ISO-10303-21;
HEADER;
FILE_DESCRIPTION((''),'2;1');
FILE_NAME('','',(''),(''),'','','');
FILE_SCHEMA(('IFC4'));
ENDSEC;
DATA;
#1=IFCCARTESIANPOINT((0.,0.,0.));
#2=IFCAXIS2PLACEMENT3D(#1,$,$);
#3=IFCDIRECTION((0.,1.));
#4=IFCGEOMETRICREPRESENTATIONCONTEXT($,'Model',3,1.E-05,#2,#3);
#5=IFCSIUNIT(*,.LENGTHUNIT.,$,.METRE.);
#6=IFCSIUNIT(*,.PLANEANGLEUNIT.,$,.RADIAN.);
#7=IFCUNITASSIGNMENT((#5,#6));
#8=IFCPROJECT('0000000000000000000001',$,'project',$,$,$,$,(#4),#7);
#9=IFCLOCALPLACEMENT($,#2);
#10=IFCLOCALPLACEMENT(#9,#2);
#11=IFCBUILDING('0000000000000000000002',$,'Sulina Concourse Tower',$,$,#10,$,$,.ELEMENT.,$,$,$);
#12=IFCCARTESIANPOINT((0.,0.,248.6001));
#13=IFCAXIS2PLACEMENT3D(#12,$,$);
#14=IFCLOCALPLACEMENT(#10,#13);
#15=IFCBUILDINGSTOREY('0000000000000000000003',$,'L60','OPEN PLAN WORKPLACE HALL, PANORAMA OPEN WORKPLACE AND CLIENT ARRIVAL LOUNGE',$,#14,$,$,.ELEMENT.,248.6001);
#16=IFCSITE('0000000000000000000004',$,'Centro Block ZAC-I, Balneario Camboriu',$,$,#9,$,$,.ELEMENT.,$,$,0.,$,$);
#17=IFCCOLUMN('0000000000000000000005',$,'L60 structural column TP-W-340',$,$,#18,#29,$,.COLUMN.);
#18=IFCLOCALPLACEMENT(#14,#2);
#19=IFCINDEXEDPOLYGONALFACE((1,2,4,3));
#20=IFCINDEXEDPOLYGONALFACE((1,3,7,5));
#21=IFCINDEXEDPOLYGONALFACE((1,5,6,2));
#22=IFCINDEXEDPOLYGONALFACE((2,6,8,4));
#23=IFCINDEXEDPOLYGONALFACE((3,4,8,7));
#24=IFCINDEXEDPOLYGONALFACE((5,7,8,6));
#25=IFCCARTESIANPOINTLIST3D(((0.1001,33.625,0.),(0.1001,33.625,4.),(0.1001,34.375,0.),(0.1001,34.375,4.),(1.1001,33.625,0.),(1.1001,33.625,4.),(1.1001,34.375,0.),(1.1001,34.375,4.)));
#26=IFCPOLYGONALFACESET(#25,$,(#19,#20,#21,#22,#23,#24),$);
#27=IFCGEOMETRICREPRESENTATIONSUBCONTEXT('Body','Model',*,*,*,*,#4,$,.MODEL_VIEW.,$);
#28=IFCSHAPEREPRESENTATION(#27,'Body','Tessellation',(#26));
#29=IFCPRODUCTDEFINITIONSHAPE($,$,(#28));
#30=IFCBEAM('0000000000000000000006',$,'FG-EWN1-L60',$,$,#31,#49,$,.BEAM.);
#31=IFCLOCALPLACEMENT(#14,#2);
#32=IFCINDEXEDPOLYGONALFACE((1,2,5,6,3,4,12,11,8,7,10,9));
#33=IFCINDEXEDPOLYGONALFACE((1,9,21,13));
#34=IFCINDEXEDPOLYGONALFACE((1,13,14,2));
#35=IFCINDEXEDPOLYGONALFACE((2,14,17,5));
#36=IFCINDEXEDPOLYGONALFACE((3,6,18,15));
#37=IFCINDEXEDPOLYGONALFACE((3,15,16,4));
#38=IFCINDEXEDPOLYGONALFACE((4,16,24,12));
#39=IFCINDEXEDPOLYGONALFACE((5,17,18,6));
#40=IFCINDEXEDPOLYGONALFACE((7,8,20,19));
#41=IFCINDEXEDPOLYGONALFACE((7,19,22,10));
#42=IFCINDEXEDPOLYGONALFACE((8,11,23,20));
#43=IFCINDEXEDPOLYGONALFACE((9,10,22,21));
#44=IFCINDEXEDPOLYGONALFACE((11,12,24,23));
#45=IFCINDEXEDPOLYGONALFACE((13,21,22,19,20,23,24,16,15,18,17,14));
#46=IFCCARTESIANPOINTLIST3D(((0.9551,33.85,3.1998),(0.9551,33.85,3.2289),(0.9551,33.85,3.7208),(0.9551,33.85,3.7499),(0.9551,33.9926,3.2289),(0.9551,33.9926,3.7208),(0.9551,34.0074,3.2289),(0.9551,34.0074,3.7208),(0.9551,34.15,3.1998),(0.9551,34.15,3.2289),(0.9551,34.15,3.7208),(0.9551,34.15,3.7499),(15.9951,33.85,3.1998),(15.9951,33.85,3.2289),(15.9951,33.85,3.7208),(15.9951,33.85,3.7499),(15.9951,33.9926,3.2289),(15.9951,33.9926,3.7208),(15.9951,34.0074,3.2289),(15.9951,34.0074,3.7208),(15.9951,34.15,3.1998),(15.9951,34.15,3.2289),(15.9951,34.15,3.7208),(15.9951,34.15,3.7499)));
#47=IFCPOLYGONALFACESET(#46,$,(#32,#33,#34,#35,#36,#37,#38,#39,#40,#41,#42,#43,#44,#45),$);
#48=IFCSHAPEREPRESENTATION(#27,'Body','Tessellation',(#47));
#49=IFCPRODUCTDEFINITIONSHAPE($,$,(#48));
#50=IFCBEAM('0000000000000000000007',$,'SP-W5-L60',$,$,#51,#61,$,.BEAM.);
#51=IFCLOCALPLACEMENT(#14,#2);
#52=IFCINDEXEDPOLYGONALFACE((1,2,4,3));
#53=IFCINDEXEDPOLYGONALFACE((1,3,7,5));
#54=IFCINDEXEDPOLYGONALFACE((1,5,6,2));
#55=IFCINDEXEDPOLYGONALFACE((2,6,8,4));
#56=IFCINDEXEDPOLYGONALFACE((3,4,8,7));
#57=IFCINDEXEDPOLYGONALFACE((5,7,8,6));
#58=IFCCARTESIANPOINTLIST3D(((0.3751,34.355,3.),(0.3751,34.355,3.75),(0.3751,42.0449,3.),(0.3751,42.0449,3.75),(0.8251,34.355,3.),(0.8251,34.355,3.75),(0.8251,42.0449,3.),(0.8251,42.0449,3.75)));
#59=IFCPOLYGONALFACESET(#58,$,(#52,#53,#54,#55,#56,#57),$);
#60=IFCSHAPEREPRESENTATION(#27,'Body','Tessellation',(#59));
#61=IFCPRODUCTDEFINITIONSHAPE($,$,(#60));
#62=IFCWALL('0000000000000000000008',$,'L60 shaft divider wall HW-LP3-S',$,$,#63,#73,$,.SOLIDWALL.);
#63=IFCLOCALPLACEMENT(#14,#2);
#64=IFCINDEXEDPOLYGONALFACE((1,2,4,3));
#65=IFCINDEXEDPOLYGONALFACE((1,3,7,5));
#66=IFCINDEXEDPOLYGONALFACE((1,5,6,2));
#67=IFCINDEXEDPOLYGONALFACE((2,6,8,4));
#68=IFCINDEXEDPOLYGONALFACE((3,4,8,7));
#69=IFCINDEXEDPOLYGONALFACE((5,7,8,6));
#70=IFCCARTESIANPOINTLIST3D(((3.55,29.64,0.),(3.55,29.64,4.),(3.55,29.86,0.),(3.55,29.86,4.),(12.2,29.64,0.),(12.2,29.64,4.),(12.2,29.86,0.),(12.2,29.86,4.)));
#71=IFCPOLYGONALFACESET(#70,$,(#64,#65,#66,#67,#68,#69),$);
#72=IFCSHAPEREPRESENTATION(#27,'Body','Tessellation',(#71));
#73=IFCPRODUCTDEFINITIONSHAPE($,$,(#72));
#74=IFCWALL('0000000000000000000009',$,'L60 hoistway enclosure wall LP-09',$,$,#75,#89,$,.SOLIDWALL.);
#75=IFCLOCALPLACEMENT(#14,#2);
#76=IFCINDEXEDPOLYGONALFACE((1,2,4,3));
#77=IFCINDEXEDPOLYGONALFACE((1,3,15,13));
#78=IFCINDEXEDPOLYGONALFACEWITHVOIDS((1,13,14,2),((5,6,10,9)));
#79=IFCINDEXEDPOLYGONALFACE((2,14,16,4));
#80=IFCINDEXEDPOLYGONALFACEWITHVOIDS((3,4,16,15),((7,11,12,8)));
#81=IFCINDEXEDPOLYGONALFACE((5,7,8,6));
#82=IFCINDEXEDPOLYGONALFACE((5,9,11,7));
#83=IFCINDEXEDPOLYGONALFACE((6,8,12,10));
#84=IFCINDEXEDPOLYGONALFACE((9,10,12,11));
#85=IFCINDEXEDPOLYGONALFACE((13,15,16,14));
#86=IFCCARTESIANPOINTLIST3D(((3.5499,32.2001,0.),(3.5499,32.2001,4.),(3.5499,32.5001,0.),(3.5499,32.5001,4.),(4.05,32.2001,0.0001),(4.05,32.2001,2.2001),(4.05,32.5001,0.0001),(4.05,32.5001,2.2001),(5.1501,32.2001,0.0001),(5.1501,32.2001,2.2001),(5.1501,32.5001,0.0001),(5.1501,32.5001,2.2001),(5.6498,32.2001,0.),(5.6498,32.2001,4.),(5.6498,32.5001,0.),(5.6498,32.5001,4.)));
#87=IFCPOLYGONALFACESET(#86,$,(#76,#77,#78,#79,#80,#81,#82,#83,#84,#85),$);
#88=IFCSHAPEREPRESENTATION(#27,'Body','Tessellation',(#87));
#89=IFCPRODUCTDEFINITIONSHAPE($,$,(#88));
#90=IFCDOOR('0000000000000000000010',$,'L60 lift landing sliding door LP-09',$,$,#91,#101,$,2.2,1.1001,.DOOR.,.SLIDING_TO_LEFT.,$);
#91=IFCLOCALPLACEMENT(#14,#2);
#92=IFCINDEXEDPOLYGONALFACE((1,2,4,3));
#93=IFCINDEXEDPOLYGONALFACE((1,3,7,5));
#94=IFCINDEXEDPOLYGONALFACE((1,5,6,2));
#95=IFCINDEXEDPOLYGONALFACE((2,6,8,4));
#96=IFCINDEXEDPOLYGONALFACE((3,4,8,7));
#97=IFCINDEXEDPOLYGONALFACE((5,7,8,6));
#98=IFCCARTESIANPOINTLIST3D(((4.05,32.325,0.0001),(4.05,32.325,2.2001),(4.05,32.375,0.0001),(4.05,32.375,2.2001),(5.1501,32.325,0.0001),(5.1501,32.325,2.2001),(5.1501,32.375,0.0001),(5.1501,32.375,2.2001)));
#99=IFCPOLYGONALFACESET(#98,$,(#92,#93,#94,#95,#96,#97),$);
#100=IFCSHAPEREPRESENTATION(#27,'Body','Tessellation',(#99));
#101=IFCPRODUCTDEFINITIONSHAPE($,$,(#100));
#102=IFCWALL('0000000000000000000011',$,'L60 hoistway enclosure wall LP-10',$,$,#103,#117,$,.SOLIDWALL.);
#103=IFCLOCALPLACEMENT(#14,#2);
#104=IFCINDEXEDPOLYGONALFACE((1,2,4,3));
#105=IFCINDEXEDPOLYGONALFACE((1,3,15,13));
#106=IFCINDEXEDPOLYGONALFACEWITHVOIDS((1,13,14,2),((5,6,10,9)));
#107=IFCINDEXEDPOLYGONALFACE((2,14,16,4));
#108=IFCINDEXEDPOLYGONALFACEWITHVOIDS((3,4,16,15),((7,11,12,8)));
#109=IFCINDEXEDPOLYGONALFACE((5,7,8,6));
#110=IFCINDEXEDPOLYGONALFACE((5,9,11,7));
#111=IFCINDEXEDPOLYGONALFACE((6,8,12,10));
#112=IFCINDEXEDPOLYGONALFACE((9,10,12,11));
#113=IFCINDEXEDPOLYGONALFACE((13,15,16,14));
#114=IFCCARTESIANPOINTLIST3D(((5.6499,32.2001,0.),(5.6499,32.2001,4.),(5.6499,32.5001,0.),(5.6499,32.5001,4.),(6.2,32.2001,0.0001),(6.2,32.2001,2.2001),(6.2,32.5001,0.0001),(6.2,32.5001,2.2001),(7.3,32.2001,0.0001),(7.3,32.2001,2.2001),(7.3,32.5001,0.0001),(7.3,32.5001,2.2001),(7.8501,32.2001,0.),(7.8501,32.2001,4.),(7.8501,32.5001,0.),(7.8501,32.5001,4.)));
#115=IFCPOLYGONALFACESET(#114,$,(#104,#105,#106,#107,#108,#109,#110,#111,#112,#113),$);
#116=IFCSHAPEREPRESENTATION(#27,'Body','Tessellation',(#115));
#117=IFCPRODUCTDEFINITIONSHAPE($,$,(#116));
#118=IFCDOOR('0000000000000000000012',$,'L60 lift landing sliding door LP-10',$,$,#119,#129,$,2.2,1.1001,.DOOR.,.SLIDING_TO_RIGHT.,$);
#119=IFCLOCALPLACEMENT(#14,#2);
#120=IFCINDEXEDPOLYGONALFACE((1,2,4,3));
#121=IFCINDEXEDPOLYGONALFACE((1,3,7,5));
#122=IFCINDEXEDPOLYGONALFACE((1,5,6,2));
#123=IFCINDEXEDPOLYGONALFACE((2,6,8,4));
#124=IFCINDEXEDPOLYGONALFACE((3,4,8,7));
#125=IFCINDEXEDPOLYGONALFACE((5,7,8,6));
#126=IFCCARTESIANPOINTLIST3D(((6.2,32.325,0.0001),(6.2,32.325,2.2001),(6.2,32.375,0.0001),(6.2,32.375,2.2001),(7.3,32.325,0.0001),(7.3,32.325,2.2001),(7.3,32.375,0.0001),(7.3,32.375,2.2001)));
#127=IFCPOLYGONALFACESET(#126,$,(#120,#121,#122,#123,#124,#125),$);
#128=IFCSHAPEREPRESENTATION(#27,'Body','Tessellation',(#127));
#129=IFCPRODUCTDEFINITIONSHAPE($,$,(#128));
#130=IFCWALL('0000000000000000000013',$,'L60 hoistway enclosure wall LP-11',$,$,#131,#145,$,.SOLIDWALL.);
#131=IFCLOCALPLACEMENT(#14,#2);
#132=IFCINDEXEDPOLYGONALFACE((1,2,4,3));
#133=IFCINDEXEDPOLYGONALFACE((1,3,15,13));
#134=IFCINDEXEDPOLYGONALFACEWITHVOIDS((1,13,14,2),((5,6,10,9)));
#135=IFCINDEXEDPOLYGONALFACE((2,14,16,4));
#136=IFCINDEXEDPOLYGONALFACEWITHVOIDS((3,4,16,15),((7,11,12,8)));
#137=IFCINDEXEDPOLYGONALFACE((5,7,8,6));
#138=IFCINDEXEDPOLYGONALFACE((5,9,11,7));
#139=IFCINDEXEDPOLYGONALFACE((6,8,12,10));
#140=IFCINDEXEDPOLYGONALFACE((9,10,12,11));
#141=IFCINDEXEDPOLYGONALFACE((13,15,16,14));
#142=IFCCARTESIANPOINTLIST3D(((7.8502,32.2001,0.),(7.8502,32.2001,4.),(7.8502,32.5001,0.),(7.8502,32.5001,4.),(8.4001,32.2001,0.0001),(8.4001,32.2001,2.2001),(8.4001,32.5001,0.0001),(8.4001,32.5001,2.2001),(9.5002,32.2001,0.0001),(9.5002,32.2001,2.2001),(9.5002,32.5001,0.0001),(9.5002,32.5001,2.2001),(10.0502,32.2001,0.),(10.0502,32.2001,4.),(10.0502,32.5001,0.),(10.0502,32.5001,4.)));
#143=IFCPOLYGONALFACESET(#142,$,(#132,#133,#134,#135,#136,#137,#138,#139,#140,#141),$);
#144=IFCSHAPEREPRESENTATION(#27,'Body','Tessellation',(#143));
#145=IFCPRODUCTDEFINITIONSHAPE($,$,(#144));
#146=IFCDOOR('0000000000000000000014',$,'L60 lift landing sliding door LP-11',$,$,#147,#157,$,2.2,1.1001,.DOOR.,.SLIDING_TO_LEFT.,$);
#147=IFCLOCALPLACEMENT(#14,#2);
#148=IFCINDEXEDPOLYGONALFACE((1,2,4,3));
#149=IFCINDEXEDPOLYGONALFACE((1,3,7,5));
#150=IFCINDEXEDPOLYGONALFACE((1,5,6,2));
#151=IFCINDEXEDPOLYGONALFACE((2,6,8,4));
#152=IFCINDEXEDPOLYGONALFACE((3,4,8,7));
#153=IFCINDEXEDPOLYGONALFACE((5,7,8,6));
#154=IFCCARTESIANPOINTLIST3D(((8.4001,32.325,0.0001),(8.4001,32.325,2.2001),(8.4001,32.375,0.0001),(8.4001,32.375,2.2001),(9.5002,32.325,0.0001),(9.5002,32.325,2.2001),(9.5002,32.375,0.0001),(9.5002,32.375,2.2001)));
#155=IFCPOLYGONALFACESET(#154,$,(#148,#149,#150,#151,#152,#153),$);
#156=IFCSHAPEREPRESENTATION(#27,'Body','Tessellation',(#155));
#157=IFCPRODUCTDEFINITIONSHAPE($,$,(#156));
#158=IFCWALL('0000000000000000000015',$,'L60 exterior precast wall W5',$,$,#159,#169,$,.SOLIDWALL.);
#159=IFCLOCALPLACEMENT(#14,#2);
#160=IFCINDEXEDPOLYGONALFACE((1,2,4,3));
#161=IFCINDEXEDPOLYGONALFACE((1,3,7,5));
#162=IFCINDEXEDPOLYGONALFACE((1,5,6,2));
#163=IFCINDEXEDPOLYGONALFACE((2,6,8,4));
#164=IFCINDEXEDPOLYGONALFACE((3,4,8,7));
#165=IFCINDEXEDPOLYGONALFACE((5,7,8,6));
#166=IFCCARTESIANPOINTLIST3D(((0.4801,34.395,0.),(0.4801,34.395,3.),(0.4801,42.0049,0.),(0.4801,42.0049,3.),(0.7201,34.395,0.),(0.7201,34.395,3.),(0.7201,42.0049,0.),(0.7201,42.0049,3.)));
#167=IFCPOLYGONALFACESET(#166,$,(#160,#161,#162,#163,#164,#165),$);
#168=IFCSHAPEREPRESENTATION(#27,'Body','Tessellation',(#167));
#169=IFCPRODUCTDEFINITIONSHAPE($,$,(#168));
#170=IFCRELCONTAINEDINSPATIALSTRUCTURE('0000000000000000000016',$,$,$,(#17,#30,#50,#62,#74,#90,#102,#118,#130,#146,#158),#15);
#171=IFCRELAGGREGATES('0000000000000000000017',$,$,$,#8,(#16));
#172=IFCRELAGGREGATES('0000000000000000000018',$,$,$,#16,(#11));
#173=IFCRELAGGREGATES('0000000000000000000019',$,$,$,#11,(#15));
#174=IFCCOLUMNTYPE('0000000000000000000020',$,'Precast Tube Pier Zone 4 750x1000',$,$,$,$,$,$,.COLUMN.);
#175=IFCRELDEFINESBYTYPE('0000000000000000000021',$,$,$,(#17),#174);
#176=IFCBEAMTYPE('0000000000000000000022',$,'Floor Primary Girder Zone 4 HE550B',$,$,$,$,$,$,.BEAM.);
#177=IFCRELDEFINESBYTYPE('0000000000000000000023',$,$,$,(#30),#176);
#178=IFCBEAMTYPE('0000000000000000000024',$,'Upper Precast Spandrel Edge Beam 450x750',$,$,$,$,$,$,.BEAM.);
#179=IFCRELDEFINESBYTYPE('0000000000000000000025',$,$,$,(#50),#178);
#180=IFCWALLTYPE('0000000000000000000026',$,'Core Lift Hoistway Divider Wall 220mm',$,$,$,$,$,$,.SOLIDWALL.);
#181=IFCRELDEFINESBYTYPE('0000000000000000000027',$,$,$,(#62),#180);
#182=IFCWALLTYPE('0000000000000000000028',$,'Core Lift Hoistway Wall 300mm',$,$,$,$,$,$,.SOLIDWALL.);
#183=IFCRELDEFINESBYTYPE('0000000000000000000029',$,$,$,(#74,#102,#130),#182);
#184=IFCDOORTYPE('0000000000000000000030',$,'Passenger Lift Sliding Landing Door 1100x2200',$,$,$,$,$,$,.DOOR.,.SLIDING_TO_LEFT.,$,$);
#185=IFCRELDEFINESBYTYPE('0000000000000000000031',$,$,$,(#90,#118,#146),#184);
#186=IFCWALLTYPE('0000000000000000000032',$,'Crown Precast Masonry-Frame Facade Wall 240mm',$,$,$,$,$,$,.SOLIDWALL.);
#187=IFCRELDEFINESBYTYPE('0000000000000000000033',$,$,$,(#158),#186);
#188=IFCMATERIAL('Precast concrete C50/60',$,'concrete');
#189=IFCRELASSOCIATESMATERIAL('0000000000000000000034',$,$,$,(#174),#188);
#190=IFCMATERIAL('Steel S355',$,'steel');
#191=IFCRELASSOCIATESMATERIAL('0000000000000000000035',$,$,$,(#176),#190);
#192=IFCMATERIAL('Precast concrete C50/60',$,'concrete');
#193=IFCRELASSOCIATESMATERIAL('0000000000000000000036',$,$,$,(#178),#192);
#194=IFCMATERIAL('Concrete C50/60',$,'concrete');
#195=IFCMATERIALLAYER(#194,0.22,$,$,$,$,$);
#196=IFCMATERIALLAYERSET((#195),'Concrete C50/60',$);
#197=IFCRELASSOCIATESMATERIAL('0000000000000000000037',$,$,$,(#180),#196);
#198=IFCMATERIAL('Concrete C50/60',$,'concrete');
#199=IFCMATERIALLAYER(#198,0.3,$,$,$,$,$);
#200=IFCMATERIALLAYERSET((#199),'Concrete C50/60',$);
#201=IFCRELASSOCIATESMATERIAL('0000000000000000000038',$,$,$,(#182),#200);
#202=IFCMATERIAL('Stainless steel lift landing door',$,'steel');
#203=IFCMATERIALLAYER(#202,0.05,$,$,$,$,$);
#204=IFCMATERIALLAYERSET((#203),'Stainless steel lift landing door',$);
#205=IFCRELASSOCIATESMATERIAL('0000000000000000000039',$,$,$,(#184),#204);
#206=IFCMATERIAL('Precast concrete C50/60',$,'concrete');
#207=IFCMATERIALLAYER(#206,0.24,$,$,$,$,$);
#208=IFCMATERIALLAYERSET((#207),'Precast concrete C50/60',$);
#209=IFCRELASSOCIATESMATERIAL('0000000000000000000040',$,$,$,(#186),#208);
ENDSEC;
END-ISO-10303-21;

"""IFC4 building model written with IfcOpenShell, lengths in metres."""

from ifc_helpers import new_model, si_unit, direction, frame, frame_2d, origin, origin_2d, place, context, subcontext, project, spatial, rectangle, i_section, extrude, material, layer, layer_set, material_profile, profile_set, type_object, element, fill, save


model = new_model("IFC4")

# Units and contexts
model_context = context("Model", 3, precision=1e-05, world=origin(), true_north=direction((0.0, 1.0)))
body_context = subcontext(model_context, "Body", "Model", "MODEL_VIEW")
ifc_project = project(units=[si_unit("LENGTHUNIT", "METRE"), si_unit("PLANEANGLEUNIT", "RADIAN")], contexts=[model_context])

# Site, building, storey
site_placement = place(None, origin())
site = spatial("IfcSite", under=ifc_project, at=site_placement, Name="Centro Block ZAC-I, Balneario Camboriu", CompositionType="ELEMENT", RefElevation=0.0)
building_placement = place(site_placement, origin())
building = spatial("IfcBuilding", under=site, at=building_placement, Name="Sulina Concourse Tower", CompositionType="ELEMENT")
storey_placement = place(building_placement, frame((0.0, 0.0, 248.6001)))
storey = spatial("IfcBuildingStorey", under=building, at=storey_placement, Name="L60", Description="OPEN PLAN WORKPLACE HALL, PANORAMA OPEN WORKPLACE AND CLIENT ARRIVAL LOUNGE", CompositionType="ELEMENT", Elevation=248.6001)

# Column
ifc_material_1 = material(Name="Precast concrete C50/60", Category="concrete")
ifc_material_profile_1 = material_profile(ifc_material_1, rectangle(XDim=0.75, YDim=1.0, at=origin_2d()), Name="PC 750x1000")
ifc_profile_set_1 = profile_set([ifc_material_profile_1], Name="Precast concrete C50/60")
column_type = type_object("IfcColumnType", Name="Precast Tube Pier Zone 4 750x1000", PredefinedType="COLUMN", material=ifc_profile_set_1)
column_placement = place(storey_placement, frame((0.6001, 34.0, 0.0), z_axis=(0.0, 0.0, 1.0), x_axis=(0.0, 1.0, 0.0)))
element("IfcColumn", 1, at=column_placement, inside=storey, type_object=column_type, Name="L60 structural column TP-W-340", PredefinedType="COLUMN", context=body_context, shape_type="SweptSolid", body=[
    extrude(rectangle(XDim=0.75, YDim=1.0, at=origin_2d()), origin(), (0.0, 0.0, 1.0), 4.0),
])

# Beams
ifc_material_2 = material(Name="Steel S355", Category="steel")
ifc_material_profile_2 = material_profile(ifc_material_2, i_section(OverallWidth=0.3, OverallDepth=0.55, WebThickness=0.0149, FlangeThickness=0.0291, at=origin_2d()), Name="HE 550 B")
ifc_profile_set_2 = profile_set([ifc_material_profile_2], Name="Steel S355")
beam_type_1 = type_object("IfcBeamType", Name="Floor Primary Girder Zone 4 HE550B", PredefinedType="BEAM", material=ifc_profile_set_2)
beam_1_placement = place(storey_placement, frame((0.9551, 34.0, 3.4749), z_axis=(1.0, 0.0, 0.0), x_axis=(0.0, 1.0, 0.0)))
element("IfcBeam", 2, at=beam_1_placement, inside=storey, type_object=beam_type_1, Name="FG-EWN1-L60", PredefinedType="BEAM", context=body_context, shape_type="SweptSolid", body=[
    extrude(i_section(OverallWidth=0.3, OverallDepth=0.55, WebThickness=0.0149, FlangeThickness=0.0291, at=origin_2d()), origin(), (0.0, 0.0, 1.0), 15.04),
])
ifc_material_3 = material(Name="Precast concrete C50/60", Category="concrete")
ifc_material_profile_3 = material_profile(ifc_material_3, rectangle(XDim=0.45, YDim=0.75, at=origin_2d()), Name="RC 450x750")
ifc_profile_set_3 = profile_set([ifc_material_profile_3], Name="Precast concrete C50/60")
beam_type_2 = type_object("IfcBeamType", Name="Upper Precast Spandrel Edge Beam 450x750", PredefinedType="BEAM", material=ifc_profile_set_3)
beam_2_placement = place(storey_placement, frame((0.6001, 34.355, 3.375), z_axis=(0.0, 1.0, 0.0), x_axis=(-1.0, 0.0, 0.0)))
element("IfcBeam", 3, at=beam_2_placement, inside=storey, type_object=beam_type_2, Name="SP-W5-L60", PredefinedType="BEAM", context=body_context, shape_type="SweptSolid", body=[
    extrude(rectangle(XDim=0.45, YDim=0.75, at=origin_2d()), origin(), (0.0, 0.0, 1.0), 7.6899),
])

# Wall
ifc_material_4 = material(Name="Concrete C50/60", Category="concrete")
ifc_layer_1 = layer(ifc_material_4, 0.22)
ifc_layer_set_1 = layer_set([ifc_layer_1], Name="Concrete C50/60")
wall_type_1 = type_object("IfcWallType", Name="Core Lift Hoistway Divider Wall 220mm", PredefinedType="SOLIDWALL", material=ifc_layer_set_1)
wall_1_placement = place(storey_placement, frame((3.55, 29.75, 0.0), z_axis=(0.0, 0.0, 1.0), x_axis=(1.0, 0.0, 0.0)))
element("IfcWall", 4, at=wall_1_placement, inside=storey, type_object=wall_type_1, Name="L60 shaft divider wall HW-LP3-S", PredefinedType="SOLIDWALL", context=body_context, shape_type="SweptSolid", body=[
    extrude(rectangle(XDim=8.6499, YDim=0.22, at=frame_2d((4.325, 0.0))), origin(), (0.0, 0.0, 1.0), 4.0),
])

# Walls, openings, doors
ifc_material_5 = material(Name="Concrete C50/60", Category="concrete")
ifc_layer_2 = layer(ifc_material_5, 0.3)
ifc_layer_set_2 = layer_set([ifc_layer_2], Name="Concrete C50/60")
wall_type_2 = type_object("IfcWallType", Name="Core Lift Hoistway Wall 300mm", PredefinedType="SOLIDWALL", material=ifc_layer_set_2)
wall_2_placement = place(storey_placement, frame((3.55, 32.3501, 0.0), z_axis=(0.0, 0.0, 1.0), x_axis=(1.0, 0.0, 0.0)))
wall_2 = element("IfcWall", 5, at=wall_2_placement, inside=storey, type_object=wall_type_2, Name="L60 hoistway enclosure wall LP-09", PredefinedType="SOLIDWALL", context=body_context, shape_type="SweptSolid", body=[
    extrude(rectangle(XDim=2.0999, YDim=0.3, at=frame_2d((1.0498, 0.0))), origin(), (0.0, 0.0, 1.0), 4.0),
])
opening_1_placement = place(wall_2_placement, frame((0.5, 0.0, 0.0)))
opening_1 = element("IfcOpeningElement", 6, at=opening_1_placement, cuts=wall_2, PredefinedType="OPENING", context=body_context, shape_type="SweptSolid", body=[
    extrude(rectangle(XDim=1.1001, YDim=2.2, at=frame_2d((0.55, 1.1001))), frame((0.0, 0.1599, 0.0), z_axis=(0.0, -1.0, 0.0), x_axis=(1.0, 0.0, 0.0)), (0.0, 0.0, 1.0), 0.3201),
])
ifc_material_6 = material(Name="Stainless steel lift landing door", Category="steel")
ifc_layer_3 = layer(ifc_material_6, 0.05)
ifc_layer_set_3 = layer_set([ifc_layer_3], Name="Stainless steel lift landing door")
door_type_1 = type_object("IfcDoorType", Name="Passenger Lift Sliding Landing Door 1100x2200", OperationType="SLIDING_TO_LEFT", PredefinedType="DOOR", material=ifc_layer_set_3)
door_1_placement = place(opening_1_placement, origin())
door_1 = element("IfcDoor", 7, at=door_1_placement, inside=storey, type_object=door_type_1, Name="L60 lift landing sliding door LP-09", OperationType="SLIDING_TO_LEFT", OverallHeight=2.2, OverallWidth=1.1001, PredefinedType="DOOR", context=body_context, shape_type="SweptSolid", body=[
    extrude(rectangle(XDim=1.1001, YDim=2.2, at=frame_2d((0.55, 1.1001))), frame((0.0, 0.0249, 0.0), z_axis=(0.0, -1.0, 0.0), x_axis=(1.0, 0.0, 0.0)), (0.0, 0.0, 1.0), 0.05),
])
fill(opening_1, door_1)
wall_3_placement = place(storey_placement, frame((5.6499, 32.3501, 0.0), z_axis=(0.0, 0.0, 1.0), x_axis=(1.0, 0.0, 0.0)))
wall_3 = element("IfcWall", 8, at=wall_3_placement, inside=storey, type_object=wall_type_2, Name="L60 hoistway enclosure wall LP-10", PredefinedType="SOLIDWALL", context=body_context, shape_type="SweptSolid", body=[
    extrude(rectangle(XDim=2.2002, YDim=0.3, at=frame_2d((1.1001, 0.0))), origin(), (0.0, 0.0, 1.0), 4.0),
])
opening_2_placement = place(wall_3_placement, frame((0.55, 0.0, 0.0)))
opening_2 = element("IfcOpeningElement", 9, at=opening_2_placement, cuts=wall_3, PredefinedType="OPENING", context=body_context, shape_type="SweptSolid", body=[
    extrude(rectangle(XDim=1.1001, YDim=2.2, at=frame_2d((0.55, 1.1001))), frame((0.0, 0.1599, 0.0), z_axis=(0.0, -1.0, 0.0), x_axis=(1.0, 0.0, 0.0)), (0.0, 0.0, 1.0), 0.3201),
])
door_2_placement = place(opening_2_placement, origin())
door_2 = element("IfcDoor", 10, at=door_2_placement, inside=storey, type_object=door_type_1, Name="L60 lift landing sliding door LP-10", OperationType="SLIDING_TO_RIGHT", OverallHeight=2.2, OverallWidth=1.1001, PredefinedType="DOOR", context=body_context, shape_type="SweptSolid", body=[
    extrude(rectangle(XDim=1.1001, YDim=2.2, at=frame_2d((0.55, 1.1001))), frame((0.0, 0.0249, 0.0), z_axis=(0.0, -1.0, 0.0), x_axis=(1.0, 0.0, 0.0)), (0.0, 0.0, 1.0), 0.05),
])
fill(opening_2, door_2)
wall_4_placement = place(storey_placement, frame((7.8501, 32.3501, 0.0), z_axis=(0.0, 0.0, 1.0), x_axis=(1.0, 0.0, 0.0)))
wall_4 = element("IfcWall", 11, at=wall_4_placement, inside=storey, type_object=wall_type_2, Name="L60 hoistway enclosure wall LP-11", PredefinedType="SOLIDWALL", context=body_context, shape_type="SweptSolid", body=[
    extrude(rectangle(XDim=2.2, YDim=0.3, at=frame_2d((1.1001, 0.0))), origin(), (0.0, 0.0, 1.0), 4.0),
])
opening_3_placement = place(wall_4_placement, frame((0.55, 0.0, 0.0)))
opening_3 = element("IfcOpeningElement", 12, at=opening_3_placement, cuts=wall_4, PredefinedType="OPENING", context=body_context, shape_type="SweptSolid", body=[
    extrude(rectangle(XDim=1.1001, YDim=2.2, at=frame_2d((0.55, 1.1001))), frame((0.0, 0.1599, 0.0), z_axis=(0.0, -1.0, 0.0), x_axis=(1.0, 0.0, 0.0)), (0.0, 0.0, 1.0), 0.3201),
])
door_3_placement = place(opening_3_placement, origin())
door_3 = element("IfcDoor", 13, at=door_3_placement, inside=storey, type_object=door_type_1, Name="L60 lift landing sliding door LP-11", OperationType="SLIDING_TO_LEFT", OverallHeight=2.2, OverallWidth=1.1001, PredefinedType="DOOR", context=body_context, shape_type="SweptSolid", body=[
    extrude(rectangle(XDim=1.1001, YDim=2.2, at=frame_2d((0.55, 1.1001))), frame((0.0, 0.0249, 0.0), z_axis=(0.0, -1.0, 0.0), x_axis=(1.0, 0.0, 0.0)), (0.0, 0.0, 1.0), 0.05),
])
fill(opening_3, door_3)

# Wall
ifc_material_7 = material(Name="Precast concrete C50/60", Category="concrete")
ifc_layer_4 = layer(ifc_material_7, 0.24)
ifc_layer_set_4 = layer_set([ifc_layer_4], Name="Precast concrete C50/60")
wall_type_3 = type_object("IfcWallType", Name="Crown Precast Masonry-Frame Facade Wall 240mm", PredefinedType="SOLIDWALL", material=ifc_layer_set_4)
wall_5_placement = place(storey_placement, frame((0.6001, 34.395, 0.0), z_axis=(0.0, 0.0, 1.0), x_axis=(0.0, 1.0, 0.0)))
element("IfcWall", 14, at=wall_5_placement, inside=storey, type_object=wall_type_3, Name="L60 exterior precast wall W5", PredefinedType="SOLIDWALL", context=body_context, shape_type="SweptSolid", body=[
    extrude(rectangle(XDim=7.6099, YDim=0.24, at=frame_2d((3.8049, 0.0))), origin(), (0.0, 0.0, 1.0), 3.0),
])

save(model, "model.ifc")
